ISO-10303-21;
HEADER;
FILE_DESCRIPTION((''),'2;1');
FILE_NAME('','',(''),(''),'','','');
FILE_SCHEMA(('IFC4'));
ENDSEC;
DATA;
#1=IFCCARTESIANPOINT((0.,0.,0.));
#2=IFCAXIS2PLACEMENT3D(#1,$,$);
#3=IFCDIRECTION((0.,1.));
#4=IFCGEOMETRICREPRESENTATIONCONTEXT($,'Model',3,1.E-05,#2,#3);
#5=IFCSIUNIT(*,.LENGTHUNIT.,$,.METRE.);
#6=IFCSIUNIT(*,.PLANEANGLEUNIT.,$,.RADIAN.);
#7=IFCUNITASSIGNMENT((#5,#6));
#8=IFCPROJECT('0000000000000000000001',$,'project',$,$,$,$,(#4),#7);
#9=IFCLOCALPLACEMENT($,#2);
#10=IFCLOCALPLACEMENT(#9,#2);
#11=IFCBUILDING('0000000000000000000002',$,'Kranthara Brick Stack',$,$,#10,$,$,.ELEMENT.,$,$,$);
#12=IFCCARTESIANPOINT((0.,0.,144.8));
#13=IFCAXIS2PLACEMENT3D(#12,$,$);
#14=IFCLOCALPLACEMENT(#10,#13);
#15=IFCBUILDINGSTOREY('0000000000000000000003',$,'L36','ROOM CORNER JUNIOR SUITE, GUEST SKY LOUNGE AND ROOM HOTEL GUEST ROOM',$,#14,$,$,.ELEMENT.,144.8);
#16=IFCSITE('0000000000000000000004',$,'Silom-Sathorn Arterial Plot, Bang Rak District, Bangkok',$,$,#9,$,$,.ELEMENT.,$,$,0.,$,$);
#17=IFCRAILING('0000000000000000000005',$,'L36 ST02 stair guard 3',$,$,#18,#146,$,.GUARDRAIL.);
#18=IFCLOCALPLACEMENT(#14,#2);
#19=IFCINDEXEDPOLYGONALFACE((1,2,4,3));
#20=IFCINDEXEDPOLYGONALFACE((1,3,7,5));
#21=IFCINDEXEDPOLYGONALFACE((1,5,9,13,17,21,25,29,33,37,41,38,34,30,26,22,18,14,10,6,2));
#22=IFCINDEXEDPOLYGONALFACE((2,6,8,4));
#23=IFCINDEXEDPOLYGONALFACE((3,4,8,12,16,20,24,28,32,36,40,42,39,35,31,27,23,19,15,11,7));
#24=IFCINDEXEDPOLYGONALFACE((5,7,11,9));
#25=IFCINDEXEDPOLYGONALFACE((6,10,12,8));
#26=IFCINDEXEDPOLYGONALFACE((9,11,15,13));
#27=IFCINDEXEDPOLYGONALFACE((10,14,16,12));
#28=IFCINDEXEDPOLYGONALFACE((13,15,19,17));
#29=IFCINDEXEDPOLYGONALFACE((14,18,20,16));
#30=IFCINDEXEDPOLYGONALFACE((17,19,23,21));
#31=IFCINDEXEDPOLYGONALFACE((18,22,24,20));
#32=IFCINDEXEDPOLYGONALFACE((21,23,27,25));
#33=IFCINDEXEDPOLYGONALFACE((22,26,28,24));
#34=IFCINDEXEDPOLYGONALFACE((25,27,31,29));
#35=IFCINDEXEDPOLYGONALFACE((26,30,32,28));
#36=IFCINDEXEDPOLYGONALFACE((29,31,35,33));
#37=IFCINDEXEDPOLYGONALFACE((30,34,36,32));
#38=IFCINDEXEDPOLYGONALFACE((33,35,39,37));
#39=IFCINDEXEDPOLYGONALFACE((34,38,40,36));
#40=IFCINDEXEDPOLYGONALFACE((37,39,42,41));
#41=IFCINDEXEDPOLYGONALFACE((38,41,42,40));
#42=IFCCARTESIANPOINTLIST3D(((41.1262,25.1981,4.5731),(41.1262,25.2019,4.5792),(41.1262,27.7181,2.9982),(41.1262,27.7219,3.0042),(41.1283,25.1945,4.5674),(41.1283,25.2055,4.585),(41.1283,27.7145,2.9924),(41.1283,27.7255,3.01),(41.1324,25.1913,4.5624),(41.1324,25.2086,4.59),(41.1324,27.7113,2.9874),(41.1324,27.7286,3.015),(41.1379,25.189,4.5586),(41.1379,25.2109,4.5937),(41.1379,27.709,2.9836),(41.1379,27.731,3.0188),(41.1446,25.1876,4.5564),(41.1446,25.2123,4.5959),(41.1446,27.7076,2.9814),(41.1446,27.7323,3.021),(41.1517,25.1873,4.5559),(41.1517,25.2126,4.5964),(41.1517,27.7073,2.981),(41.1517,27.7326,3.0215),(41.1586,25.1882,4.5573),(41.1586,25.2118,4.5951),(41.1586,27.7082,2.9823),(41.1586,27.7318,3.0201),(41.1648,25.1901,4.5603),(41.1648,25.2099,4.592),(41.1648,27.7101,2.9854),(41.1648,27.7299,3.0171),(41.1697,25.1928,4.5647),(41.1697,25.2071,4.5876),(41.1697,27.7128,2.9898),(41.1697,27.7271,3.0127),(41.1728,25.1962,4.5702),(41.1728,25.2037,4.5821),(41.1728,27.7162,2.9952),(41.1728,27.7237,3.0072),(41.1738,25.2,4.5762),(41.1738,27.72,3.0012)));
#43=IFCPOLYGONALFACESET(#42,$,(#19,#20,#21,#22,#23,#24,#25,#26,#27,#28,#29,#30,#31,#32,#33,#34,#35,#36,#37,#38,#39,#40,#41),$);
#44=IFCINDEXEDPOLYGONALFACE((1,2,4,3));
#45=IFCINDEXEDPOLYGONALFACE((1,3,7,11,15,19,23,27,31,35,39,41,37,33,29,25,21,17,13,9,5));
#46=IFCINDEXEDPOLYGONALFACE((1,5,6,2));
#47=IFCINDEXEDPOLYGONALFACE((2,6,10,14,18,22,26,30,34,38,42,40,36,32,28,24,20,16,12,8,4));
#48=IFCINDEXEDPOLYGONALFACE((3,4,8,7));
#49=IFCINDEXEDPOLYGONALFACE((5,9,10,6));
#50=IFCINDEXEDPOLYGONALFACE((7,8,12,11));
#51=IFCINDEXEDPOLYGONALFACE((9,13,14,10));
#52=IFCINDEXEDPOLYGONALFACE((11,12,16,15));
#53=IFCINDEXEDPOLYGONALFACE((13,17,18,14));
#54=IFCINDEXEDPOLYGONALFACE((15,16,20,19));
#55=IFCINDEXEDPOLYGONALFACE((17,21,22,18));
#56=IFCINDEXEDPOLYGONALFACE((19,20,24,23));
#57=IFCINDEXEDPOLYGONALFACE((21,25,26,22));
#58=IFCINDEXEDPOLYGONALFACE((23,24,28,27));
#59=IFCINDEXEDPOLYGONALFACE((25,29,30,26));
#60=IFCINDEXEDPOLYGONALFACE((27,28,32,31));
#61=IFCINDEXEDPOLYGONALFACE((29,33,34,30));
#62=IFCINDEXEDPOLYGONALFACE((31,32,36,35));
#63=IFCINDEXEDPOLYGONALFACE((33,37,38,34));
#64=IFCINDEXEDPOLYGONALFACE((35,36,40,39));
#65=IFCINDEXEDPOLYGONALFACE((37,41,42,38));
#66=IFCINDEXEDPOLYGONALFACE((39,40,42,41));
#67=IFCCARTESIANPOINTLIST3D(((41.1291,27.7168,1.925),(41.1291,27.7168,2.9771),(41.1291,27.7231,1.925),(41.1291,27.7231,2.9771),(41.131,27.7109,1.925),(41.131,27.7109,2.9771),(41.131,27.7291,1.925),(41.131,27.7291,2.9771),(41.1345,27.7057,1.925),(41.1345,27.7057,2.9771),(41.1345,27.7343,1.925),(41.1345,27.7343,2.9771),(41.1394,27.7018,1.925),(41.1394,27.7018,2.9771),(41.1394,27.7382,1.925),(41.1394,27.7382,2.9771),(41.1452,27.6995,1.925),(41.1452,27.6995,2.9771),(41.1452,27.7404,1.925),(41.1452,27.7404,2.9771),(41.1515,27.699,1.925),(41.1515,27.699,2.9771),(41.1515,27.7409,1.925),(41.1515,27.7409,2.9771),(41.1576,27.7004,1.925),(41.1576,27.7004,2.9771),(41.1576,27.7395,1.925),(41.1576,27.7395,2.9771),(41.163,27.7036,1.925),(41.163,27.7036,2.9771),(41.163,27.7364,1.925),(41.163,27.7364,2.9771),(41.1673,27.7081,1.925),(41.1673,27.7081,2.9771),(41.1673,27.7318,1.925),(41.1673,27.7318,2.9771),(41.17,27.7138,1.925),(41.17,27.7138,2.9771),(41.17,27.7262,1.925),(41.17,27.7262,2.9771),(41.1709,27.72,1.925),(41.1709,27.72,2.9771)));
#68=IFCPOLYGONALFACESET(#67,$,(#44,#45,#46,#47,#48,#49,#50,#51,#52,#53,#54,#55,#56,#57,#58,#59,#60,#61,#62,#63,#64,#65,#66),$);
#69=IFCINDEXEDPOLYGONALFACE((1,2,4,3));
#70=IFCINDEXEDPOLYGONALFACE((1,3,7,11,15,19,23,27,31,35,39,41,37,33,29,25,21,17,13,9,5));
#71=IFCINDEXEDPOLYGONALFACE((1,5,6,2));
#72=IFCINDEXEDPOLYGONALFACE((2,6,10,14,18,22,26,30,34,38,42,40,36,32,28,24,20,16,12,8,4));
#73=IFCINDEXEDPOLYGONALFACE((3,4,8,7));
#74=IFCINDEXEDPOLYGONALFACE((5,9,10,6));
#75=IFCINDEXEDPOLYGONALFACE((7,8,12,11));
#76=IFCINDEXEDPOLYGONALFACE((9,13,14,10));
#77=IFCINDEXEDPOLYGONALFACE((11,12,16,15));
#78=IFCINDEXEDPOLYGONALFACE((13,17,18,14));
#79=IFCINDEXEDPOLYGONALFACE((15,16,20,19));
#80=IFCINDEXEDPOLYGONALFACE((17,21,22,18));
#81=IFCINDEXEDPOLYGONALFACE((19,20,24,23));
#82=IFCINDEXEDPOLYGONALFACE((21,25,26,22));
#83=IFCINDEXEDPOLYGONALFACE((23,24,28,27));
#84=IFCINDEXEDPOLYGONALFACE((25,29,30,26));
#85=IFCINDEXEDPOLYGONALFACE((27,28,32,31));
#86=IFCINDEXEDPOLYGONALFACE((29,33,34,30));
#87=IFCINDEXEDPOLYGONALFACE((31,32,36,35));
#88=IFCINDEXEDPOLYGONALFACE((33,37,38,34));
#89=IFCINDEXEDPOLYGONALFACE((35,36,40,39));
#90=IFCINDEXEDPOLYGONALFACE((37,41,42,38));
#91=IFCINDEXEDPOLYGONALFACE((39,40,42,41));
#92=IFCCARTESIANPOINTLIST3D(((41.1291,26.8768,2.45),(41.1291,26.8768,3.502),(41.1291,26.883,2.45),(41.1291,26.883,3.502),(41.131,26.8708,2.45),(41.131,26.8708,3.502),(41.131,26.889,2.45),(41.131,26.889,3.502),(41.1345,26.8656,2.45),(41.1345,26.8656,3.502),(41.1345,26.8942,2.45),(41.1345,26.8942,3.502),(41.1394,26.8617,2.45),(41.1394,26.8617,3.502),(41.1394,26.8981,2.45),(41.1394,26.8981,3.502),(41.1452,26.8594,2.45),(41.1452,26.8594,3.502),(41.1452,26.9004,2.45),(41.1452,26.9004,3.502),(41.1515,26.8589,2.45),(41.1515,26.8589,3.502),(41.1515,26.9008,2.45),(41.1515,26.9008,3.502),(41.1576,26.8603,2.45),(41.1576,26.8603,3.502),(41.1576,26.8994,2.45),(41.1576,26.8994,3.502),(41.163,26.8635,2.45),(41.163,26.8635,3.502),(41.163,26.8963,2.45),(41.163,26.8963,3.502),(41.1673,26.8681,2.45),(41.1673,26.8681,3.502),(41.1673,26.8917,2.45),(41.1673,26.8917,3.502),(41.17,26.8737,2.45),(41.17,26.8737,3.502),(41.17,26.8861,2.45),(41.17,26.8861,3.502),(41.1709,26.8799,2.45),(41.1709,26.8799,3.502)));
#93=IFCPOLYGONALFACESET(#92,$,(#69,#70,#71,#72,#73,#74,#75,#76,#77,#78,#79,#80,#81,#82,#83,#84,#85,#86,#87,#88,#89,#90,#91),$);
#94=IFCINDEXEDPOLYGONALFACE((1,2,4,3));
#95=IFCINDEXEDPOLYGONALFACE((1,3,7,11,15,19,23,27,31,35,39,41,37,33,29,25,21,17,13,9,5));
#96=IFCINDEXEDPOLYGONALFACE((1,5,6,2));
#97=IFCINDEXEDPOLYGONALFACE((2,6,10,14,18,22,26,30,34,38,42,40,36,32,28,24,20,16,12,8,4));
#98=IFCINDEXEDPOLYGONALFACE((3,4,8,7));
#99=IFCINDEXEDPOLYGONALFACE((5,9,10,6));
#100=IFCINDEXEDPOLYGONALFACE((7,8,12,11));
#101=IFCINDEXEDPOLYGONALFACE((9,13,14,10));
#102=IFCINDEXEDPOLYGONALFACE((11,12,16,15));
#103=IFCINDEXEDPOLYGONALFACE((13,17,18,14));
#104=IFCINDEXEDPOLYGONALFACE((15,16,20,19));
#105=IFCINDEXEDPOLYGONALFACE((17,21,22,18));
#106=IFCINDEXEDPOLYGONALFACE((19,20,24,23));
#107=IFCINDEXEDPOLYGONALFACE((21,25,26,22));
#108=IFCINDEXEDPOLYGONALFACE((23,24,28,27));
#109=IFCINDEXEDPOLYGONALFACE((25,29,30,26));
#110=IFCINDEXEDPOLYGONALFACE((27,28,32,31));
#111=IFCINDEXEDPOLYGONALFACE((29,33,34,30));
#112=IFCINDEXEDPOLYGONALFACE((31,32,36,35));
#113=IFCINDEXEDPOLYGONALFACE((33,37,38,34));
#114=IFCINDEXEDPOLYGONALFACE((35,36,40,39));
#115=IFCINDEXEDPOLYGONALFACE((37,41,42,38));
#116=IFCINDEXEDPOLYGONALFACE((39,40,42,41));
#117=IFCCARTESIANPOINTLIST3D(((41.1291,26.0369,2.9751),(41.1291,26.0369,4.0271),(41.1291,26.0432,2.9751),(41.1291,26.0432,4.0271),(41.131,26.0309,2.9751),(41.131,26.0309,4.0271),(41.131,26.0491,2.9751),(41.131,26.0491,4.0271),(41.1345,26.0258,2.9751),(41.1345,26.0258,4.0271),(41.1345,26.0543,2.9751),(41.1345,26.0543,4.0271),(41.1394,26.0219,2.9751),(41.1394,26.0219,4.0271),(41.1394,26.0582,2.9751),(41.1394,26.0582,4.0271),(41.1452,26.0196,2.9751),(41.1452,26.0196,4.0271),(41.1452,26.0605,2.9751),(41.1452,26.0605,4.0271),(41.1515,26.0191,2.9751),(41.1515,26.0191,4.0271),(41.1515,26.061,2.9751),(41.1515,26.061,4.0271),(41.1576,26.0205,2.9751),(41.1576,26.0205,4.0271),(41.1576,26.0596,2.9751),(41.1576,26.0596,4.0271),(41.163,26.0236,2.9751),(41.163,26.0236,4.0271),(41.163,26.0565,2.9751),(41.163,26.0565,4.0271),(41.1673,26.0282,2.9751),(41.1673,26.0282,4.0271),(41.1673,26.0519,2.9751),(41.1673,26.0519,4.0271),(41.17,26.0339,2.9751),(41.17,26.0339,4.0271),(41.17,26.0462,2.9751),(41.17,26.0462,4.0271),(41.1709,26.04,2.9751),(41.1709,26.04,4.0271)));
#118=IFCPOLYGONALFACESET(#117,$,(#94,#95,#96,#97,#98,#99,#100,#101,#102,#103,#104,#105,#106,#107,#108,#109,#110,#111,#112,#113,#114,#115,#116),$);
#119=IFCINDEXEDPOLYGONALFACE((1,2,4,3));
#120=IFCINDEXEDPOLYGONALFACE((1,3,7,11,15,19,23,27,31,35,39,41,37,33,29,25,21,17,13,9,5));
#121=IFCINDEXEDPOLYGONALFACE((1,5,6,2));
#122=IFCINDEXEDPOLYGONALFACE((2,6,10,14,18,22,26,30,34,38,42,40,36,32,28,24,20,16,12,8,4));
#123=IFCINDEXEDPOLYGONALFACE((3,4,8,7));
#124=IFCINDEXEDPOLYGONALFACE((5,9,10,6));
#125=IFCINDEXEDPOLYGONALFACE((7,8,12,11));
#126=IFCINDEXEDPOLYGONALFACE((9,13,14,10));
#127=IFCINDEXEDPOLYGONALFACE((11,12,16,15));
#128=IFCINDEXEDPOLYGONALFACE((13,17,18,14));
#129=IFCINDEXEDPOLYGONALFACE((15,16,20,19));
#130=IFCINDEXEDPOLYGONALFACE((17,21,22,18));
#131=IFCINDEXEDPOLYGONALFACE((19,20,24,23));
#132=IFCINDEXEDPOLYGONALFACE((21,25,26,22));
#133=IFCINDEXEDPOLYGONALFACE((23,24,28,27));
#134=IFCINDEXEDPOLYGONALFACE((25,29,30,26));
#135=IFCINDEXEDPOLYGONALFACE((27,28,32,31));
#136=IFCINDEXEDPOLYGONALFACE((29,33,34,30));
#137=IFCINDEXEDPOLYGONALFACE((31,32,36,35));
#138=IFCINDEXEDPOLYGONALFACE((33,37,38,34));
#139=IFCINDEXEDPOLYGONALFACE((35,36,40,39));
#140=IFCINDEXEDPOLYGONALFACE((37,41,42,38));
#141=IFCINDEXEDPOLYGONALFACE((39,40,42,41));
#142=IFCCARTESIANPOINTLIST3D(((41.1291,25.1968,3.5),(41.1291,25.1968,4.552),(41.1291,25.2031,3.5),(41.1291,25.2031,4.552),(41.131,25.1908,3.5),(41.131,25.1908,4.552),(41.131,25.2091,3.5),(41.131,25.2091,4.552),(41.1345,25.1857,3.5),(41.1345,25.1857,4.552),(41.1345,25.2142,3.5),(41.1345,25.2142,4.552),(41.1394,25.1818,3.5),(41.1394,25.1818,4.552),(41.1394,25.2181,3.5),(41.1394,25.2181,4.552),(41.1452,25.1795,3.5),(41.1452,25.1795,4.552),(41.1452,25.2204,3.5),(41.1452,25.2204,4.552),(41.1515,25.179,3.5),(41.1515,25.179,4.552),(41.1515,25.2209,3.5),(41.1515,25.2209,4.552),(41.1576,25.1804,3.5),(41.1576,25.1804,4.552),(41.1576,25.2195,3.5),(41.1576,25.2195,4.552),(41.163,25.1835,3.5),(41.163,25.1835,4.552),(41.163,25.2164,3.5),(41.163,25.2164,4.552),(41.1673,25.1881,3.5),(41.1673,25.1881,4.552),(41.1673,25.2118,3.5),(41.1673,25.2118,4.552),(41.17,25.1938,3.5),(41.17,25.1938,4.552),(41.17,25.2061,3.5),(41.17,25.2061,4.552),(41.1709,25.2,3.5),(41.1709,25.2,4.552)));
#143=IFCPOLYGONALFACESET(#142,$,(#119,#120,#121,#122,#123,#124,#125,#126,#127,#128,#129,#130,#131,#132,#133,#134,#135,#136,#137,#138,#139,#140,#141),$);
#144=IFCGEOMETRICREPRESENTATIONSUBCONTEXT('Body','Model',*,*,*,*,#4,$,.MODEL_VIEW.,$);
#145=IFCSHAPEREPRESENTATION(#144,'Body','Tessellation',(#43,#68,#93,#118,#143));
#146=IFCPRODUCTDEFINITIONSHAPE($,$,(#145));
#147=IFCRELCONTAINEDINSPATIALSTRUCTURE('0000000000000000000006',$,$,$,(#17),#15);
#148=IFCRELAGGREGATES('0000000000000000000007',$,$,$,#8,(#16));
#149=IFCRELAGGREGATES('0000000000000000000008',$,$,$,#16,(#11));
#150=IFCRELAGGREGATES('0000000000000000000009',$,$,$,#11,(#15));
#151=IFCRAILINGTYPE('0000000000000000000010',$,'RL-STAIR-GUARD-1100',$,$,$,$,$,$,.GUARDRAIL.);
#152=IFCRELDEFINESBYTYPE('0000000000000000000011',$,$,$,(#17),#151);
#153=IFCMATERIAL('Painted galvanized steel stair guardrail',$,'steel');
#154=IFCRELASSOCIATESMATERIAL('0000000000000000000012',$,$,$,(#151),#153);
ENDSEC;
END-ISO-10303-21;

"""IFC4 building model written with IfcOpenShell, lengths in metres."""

from ifc_helpers import new_model, si_unit, direction, frame, origin, origin_2d, place, context, subcontext, project, spatial, circle, extrude, material, type_object, element, save


model = new_model("IFC4")

# Units and contexts
model_context = context("Model", 3, precision=1e-05, world=origin(), true_north=direction((0.0, 1.0)))
body_context = subcontext(model_context, "Body", "Model", "MODEL_VIEW")
ifc_project = project(units=[si_unit("LENGTHUNIT", "METRE"), si_unit("PLANEANGLEUNIT", "RADIAN")], contexts=[model_context])

# Site, building, storey
site_placement = place(None, origin())
site = spatial("IfcSite", under=ifc_project, at=site_placement, Name="Silom-Sathorn Arterial Plot, Bang Rak District, Bangkok", CompositionType="ELEMENT", RefElevation=0.0)
building_placement = place(site_placement, origin())
building = spatial("IfcBuilding", under=site, at=building_placement, Name="Kranthara Brick Stack", CompositionType="ELEMENT")
storey_placement = place(building_placement, frame((0.0, 0.0, 144.8)))
storey = spatial("IfcBuildingStorey", under=building, at=storey_placement, Name="L36", Description="ROOM CORNER JUNIOR SUITE, GUEST SKY LOUNGE AND ROOM HOTEL GUEST ROOM", CompositionType="ELEMENT", Elevation=144.8)

# Railing
ifc_material_1 = material(Name="Painted galvanized steel stair guardrail", Category="steel")
railing_type_1 = type_object("IfcRailingType", Name="RL-STAIR-GUARD-1100", PredefinedType="GUARDRAIL", material=ifc_material_1)
railing_1_placement = place(storey_placement, frame((41.1499, 27.72, 1.925)))
element("IfcRailing", 1, at=railing_1_placement, inside=storey, type_object=railing_type_1, Name="L36 ST02 stair guard 3", PredefinedType="GUARDRAIL", context=body_context, shape_type="SweptSolid", body=[
    extrude(circle(Radius=0.0239, at=origin_2d()), frame((0.0, 0.0, 1.0762), z_axis=(0.0, -0.848008, 0.529984), x_axis=(1.0, 0.0, 0.0)), (0.0, 0.0, 1.0), 2.9717),
    extrude(circle(Radius=0.021, at=origin_2d()), origin(), (0.0, 0.0, 1.0), 1.052),
    extrude(circle(Radius=0.021, at=origin_2d()), frame((0.0, -0.8401, 0.5249)), (0.0, 0.0, 1.0), 1.052),
    extrude(circle(Radius=0.021, at=origin_2d()), frame((0.0, -1.6799, 1.05)), (0.0, 0.0, 1.0), 1.052),
    extrude(circle(Radius=0.021, at=origin_2d()), frame((0.0, -2.52, 1.575)), (0.0, 0.0, 1.0), 1.052),
])

save(model, "model.ifc")
